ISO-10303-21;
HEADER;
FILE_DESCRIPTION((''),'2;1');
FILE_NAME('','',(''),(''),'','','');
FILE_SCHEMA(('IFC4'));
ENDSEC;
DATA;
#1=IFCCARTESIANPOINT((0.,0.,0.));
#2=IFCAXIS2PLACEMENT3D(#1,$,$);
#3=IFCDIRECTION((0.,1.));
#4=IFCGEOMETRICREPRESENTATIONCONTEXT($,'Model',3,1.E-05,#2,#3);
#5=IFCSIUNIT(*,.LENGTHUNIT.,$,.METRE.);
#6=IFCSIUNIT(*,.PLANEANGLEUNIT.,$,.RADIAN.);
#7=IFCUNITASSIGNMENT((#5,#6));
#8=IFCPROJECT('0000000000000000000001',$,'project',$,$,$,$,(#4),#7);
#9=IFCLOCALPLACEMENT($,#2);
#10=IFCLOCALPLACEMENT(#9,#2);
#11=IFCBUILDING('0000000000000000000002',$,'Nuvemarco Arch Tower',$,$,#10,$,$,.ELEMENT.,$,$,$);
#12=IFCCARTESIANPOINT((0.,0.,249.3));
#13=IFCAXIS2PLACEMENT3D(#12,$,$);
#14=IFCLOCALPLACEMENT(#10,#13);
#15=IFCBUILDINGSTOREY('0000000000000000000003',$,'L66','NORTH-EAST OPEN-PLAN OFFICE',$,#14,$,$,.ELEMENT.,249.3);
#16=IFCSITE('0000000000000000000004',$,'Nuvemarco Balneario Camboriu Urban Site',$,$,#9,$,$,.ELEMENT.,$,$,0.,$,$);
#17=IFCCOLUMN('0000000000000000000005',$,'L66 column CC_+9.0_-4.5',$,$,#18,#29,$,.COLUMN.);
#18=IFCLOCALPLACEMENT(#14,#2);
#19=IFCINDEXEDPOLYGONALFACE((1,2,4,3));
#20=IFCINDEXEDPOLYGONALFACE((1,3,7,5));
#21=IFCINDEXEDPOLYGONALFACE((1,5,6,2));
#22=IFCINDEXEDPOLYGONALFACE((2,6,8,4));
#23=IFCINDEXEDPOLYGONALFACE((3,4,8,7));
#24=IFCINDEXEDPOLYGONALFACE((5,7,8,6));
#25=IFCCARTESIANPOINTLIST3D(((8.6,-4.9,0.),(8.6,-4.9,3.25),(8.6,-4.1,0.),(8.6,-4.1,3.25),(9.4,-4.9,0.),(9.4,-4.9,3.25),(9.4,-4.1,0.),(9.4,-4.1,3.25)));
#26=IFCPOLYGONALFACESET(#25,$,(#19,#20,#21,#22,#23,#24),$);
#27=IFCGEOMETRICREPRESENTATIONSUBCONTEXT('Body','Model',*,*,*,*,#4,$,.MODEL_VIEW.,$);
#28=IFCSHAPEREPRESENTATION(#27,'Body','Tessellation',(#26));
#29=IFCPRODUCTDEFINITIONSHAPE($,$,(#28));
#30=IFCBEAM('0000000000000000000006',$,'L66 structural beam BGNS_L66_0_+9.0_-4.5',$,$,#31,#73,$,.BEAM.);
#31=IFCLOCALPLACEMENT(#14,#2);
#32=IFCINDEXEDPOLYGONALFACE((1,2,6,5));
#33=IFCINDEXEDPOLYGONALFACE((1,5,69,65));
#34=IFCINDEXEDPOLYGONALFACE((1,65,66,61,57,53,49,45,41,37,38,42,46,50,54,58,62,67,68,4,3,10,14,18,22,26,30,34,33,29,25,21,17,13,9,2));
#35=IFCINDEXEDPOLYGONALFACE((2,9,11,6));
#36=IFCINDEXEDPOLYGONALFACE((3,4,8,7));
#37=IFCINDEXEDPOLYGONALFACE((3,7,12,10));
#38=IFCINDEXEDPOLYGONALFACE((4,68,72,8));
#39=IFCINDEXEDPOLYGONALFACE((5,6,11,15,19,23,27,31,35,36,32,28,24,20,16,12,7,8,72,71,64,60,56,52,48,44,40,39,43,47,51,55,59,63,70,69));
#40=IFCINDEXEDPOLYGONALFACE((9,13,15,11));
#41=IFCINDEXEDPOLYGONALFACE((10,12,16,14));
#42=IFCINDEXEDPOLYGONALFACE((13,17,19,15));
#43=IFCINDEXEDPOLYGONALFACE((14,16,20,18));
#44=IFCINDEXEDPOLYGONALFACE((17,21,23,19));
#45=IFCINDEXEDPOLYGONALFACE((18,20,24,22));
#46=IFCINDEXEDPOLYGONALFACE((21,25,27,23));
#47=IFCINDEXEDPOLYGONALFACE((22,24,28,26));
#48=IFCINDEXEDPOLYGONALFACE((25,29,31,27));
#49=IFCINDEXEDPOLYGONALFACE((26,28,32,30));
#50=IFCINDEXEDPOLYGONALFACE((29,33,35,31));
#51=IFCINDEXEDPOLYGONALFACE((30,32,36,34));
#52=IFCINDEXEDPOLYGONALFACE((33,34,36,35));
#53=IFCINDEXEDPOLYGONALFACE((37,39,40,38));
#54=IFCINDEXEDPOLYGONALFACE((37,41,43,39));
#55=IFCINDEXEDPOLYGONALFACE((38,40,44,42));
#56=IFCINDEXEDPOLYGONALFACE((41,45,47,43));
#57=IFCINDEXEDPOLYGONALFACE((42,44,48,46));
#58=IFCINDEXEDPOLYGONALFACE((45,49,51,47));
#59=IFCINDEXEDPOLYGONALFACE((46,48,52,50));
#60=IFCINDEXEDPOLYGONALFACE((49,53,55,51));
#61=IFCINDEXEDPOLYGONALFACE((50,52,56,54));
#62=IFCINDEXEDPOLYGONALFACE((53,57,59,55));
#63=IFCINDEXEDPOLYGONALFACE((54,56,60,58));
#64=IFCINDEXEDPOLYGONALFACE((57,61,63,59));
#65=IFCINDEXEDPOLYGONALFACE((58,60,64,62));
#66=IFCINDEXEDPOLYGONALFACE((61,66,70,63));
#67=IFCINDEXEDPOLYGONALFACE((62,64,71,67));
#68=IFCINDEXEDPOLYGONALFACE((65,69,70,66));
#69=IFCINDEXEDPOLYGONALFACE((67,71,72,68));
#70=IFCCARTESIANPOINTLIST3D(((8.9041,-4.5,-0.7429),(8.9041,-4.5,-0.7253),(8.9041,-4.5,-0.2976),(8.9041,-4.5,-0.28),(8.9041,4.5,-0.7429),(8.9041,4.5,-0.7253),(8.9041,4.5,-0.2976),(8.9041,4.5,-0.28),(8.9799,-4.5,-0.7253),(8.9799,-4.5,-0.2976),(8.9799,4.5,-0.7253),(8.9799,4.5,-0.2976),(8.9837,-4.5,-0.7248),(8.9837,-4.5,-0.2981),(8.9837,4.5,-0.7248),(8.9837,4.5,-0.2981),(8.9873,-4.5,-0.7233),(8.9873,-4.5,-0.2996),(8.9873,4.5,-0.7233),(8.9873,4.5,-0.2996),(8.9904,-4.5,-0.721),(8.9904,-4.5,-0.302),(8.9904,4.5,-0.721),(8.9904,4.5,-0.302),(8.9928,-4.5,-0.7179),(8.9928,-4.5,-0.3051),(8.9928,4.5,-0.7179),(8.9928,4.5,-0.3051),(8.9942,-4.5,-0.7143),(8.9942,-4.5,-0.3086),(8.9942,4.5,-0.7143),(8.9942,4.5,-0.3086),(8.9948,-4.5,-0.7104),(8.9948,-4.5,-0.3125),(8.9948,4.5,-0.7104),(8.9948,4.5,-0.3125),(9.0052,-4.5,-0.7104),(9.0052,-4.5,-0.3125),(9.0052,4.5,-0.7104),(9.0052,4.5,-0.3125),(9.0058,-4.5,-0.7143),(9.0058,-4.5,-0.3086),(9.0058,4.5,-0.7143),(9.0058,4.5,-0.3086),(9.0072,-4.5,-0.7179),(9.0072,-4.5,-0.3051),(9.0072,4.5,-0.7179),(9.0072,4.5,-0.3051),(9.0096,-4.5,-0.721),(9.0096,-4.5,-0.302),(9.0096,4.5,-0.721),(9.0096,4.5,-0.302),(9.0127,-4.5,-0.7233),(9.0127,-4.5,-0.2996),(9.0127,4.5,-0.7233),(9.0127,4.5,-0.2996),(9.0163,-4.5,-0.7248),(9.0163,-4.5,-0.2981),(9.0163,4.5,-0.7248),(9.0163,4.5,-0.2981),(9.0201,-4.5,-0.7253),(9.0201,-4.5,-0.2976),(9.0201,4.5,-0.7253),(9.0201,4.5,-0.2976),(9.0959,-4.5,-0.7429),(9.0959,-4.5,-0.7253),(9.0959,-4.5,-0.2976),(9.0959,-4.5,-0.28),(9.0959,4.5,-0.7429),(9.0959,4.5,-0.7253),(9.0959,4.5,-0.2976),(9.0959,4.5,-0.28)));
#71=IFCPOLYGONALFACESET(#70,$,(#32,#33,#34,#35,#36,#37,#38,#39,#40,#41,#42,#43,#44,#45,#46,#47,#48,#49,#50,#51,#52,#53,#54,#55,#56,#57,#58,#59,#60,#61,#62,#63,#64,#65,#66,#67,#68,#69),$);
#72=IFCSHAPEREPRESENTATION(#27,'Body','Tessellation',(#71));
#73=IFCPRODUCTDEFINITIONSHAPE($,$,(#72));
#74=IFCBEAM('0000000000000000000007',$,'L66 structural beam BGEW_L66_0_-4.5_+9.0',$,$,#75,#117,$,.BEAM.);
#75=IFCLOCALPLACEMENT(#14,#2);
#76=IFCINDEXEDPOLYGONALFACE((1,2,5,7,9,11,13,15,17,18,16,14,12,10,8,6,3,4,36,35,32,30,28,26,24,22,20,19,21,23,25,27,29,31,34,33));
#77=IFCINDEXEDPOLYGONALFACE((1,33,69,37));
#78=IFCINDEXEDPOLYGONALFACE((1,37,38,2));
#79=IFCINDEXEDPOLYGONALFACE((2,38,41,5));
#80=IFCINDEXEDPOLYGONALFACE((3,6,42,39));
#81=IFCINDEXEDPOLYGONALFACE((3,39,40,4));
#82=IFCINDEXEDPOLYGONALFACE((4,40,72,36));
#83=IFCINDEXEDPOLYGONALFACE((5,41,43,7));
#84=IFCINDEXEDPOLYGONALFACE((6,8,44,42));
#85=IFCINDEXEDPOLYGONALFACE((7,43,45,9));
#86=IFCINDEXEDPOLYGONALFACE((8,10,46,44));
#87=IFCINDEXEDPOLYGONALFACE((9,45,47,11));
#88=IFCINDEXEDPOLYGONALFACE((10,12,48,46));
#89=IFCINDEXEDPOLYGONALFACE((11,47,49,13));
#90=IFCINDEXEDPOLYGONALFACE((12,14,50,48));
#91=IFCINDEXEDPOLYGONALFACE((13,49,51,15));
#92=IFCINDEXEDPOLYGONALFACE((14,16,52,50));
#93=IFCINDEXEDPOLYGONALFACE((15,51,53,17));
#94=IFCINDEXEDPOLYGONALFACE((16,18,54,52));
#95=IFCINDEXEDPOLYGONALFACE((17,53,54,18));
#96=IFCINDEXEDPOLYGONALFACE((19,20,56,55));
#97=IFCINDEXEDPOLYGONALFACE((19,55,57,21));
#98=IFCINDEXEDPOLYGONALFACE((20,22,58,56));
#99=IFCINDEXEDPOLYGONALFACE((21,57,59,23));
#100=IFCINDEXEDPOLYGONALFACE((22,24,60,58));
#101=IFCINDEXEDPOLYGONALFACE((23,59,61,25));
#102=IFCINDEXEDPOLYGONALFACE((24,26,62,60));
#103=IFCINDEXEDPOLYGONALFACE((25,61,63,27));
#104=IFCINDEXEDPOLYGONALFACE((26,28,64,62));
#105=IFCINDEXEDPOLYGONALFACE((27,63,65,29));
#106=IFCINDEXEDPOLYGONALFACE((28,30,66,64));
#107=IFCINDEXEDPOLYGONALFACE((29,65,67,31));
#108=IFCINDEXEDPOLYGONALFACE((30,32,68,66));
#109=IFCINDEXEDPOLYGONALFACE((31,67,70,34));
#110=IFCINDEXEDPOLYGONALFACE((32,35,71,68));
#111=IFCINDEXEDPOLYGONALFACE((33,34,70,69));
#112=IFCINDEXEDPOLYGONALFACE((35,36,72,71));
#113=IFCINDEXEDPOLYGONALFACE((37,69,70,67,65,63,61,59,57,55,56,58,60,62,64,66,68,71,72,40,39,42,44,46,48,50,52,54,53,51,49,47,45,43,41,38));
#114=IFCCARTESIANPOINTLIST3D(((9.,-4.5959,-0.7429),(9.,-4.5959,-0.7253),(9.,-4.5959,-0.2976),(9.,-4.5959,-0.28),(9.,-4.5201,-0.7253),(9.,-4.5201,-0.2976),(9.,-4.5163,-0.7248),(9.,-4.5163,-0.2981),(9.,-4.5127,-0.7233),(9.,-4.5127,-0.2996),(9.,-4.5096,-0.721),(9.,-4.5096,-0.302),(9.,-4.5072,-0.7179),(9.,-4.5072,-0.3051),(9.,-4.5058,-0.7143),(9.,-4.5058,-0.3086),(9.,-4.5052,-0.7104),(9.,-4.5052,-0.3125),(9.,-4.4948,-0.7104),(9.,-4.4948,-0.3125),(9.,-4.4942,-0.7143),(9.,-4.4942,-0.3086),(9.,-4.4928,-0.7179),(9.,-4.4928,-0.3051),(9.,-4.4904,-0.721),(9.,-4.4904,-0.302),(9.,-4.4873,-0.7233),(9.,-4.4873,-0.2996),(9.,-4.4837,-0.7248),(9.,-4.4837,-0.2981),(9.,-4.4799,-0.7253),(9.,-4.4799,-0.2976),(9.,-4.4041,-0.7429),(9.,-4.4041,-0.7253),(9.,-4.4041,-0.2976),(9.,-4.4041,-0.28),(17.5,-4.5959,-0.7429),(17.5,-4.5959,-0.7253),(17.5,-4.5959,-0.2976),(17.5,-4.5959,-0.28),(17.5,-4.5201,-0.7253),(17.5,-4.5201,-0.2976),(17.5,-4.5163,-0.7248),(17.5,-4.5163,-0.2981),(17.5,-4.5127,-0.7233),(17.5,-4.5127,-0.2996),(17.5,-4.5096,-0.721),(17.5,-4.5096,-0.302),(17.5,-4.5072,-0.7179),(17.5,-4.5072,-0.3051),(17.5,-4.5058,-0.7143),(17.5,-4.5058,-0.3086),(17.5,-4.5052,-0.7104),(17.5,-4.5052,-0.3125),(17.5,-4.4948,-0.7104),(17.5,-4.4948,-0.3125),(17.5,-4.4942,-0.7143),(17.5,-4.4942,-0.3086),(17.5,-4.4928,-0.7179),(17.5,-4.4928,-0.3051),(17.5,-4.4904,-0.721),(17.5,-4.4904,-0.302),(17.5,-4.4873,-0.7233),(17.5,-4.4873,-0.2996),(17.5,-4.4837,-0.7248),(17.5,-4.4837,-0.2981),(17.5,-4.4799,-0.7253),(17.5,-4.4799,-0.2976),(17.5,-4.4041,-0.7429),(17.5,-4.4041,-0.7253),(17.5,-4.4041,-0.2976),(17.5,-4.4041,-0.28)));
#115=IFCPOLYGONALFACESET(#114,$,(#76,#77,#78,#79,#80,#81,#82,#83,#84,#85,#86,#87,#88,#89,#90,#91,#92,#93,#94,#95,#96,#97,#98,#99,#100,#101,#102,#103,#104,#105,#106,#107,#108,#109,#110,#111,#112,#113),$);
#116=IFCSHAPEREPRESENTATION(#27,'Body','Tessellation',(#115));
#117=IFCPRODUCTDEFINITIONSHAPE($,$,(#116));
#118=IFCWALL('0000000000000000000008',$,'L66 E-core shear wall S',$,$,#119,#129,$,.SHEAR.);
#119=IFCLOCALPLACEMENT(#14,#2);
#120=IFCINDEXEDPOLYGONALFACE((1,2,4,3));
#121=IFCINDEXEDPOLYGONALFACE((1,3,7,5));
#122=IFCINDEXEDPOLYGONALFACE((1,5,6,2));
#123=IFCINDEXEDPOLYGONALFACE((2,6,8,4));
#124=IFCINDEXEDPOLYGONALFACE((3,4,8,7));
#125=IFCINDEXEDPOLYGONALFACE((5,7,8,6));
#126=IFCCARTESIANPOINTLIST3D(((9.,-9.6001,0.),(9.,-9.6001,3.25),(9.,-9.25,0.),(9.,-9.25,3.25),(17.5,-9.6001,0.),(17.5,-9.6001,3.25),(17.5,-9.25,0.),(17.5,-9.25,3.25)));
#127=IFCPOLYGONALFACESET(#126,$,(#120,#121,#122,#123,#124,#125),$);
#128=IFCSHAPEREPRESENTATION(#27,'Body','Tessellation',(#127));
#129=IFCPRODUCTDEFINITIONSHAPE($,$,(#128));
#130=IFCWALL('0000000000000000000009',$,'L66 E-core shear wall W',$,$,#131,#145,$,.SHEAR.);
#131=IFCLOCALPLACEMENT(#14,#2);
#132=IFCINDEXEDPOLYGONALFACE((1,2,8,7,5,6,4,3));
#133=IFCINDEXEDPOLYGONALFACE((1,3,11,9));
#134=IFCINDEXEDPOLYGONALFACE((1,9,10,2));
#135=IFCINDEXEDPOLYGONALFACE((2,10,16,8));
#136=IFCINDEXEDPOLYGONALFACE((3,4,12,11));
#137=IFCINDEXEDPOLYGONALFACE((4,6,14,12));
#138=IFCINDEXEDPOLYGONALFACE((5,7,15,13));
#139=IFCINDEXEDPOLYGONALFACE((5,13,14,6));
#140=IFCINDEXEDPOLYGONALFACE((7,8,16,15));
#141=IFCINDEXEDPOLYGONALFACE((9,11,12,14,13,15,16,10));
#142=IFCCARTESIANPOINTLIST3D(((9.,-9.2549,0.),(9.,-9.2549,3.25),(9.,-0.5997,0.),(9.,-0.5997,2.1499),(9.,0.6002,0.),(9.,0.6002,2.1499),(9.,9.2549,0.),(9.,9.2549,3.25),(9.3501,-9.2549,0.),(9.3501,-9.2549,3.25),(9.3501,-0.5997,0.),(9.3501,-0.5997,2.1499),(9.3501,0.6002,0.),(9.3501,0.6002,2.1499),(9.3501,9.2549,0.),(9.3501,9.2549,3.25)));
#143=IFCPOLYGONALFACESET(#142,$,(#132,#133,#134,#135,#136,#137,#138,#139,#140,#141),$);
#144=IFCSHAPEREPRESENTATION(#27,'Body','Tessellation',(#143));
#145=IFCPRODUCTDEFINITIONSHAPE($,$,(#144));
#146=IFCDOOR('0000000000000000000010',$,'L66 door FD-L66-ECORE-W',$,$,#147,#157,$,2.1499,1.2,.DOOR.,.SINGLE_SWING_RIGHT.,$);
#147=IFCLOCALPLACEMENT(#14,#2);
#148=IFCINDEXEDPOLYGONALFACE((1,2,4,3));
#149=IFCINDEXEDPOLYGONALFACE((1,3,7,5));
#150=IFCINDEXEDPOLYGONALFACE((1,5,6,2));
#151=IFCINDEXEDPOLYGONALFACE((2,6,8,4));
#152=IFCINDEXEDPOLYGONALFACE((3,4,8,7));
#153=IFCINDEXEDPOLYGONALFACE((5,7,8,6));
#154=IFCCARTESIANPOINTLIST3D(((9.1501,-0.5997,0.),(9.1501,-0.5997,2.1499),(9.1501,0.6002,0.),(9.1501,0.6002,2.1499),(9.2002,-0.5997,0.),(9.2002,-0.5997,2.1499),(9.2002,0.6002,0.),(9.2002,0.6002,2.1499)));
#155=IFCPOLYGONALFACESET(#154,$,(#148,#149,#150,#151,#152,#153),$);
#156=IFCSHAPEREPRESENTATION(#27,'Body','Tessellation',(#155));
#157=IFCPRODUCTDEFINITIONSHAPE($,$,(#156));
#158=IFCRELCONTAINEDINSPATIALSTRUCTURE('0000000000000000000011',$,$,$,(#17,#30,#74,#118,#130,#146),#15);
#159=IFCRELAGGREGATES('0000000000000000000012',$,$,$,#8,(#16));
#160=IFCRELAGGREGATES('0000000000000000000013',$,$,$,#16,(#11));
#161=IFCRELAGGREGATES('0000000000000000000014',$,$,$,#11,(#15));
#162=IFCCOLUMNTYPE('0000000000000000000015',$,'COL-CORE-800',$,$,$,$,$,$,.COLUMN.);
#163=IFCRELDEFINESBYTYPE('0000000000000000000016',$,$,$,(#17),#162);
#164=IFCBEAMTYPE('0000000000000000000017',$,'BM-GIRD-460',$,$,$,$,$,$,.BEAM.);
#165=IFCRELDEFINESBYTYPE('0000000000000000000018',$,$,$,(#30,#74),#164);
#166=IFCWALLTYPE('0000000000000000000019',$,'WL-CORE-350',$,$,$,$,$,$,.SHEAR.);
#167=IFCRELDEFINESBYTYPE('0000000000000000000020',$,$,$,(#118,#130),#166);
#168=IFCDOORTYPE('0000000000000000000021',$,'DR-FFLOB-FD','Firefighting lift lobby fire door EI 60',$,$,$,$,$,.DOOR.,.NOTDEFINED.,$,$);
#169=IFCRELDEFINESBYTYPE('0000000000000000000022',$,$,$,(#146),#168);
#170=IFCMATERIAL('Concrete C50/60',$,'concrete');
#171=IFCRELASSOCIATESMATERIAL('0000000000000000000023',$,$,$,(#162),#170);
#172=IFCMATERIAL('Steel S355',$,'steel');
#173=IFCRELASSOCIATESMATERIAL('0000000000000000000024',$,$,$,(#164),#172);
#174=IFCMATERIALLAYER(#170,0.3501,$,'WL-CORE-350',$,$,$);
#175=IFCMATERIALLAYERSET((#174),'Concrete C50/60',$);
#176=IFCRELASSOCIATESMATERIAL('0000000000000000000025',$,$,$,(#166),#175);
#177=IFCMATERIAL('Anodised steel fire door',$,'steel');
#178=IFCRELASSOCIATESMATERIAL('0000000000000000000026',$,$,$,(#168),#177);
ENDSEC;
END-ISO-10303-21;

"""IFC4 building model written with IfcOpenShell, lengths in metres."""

from ifc_helpers import new_model, si_unit, direction, frame, frame_2d, origin, origin_2d, place, context, subcontext, project, spatial, rectangle, i_section, extrude, source, transform, mapped, material, layer, layer_set, material_profile, profile_set, type_object, type_shapes, element, fill, save


model = new_model("IFC4")

# Units and contexts
model_context = context("Model", 3, precision=1e-05, world=origin(), true_north=direction((0.0, 1.0)))
body_context = subcontext(model_context, "Body", "Model", "MODEL_VIEW")
ifc_project = project(units=[si_unit("LENGTHUNIT", "METRE"), si_unit("PLANEANGLEUNIT", "RADIAN")], contexts=[model_context])

# Site, building, storey
site_placement = place(None, origin())
site = spatial("IfcSite", under=ifc_project, at=site_placement, Name="Nuvemarco Balneario Camboriu Urban Site", CompositionType="ELEMENT", RefElevation=0.0)
building_placement = place(site_placement, origin())
building = spatial("IfcBuilding", under=site, at=building_placement, Name="Nuvemarco Arch Tower", CompositionType="ELEMENT")
storey_placement = place(building_placement, frame((0.0, 0.0, 249.3)))
storey = spatial("IfcBuildingStorey", under=building, at=storey_placement, Name="L66", Description="NORTH-EAST OPEN-PLAN OFFICE", CompositionType="ELEMENT", Elevation=249.3)

# Column
ifc_material_1 = material(Name="Concrete C50/60", Category="concrete")
ifc_material_profile_1 = material_profile(ifc_material_1, rectangle(XDim=0.8, YDim=0.8, at=origin_2d()), Name="RC-COL-800x800")
ifc_profile_set_1 = profile_set([ifc_material_profile_1], Name="Concrete C50/60")
column_type = type_object("IfcColumnType", Name="COL-CORE-800", PredefinedType="COLUMN", material=ifc_profile_set_1)
column_placement = place(storey_placement, frame((9.0, -4.5, 0.0), z_axis=(0.0, 0.0, 1.0), x_axis=(1.0, 0.0, 0.0)))
element("IfcColumn", 1, at=column_placement, inside=storey, type_object=column_type, Name="L66 column CC_+9.0_-4.5", PredefinedType="COLUMN", context=body_context, shape_type="SweptSolid", body=[
    extrude(rectangle(XDim=0.8, YDim=0.8, at=origin_2d()), origin(), (0.0, 0.0, 1.0), 3.25),
])

# Beams
ifc_material_2 = material(Name="Steel S355", Category="steel")
ifc_material_profile_2 = material_profile(ifc_material_2, i_section(OverallWidth=0.1919, OverallDepth=0.4629, WebThickness=0.0105, FlangeThickness=0.0176, FilletRadius=0.0149, at=origin_2d()), Name="W460x89")
ifc_profile_set_2 = profile_set([ifc_material_profile_2], Name="Steel S355")
beam_type = type_object("IfcBeamType", Name="BM-GIRD-460", PredefinedType="BEAM", material=ifc_profile_set_2)
beam_1_placement = place(storey_placement, frame((9.0, -4.5, -0.5115), z_axis=(0.0, 1.0, 0.0), x_axis=(-1.0, 0.0, 0.0)))
element("IfcBeam", 2, at=beam_1_placement, inside=storey, type_object=beam_type, Name="L66 structural beam BGNS_L66_0_+9.0_-4.5", PredefinedType="BEAM", context=body_context, shape_type="SweptSolid", body=[
    extrude(i_section(OverallWidth=0.1919, OverallDepth=0.4629, WebThickness=0.0105, FlangeThickness=0.0176, FilletRadius=0.0149, at=origin_2d()), origin(), (0.0, 0.0, 1.0), 9.0),
])
beam_2_placement = place(storey_placement, frame((9.0, -4.5, -0.5115), z_axis=(1.0, 0.0, 0.0), x_axis=(0.0, 1.0, 0.0)))
element("IfcBeam", 3, at=beam_2_placement, inside=storey, type_object=beam_type, Name="L66 structural beam BGEW_L66_0_-4.5_+9.0", PredefinedType="BEAM", context=body_context, shape_type="SweptSolid", body=[
    extrude(i_section(OverallWidth=0.1919, OverallDepth=0.4629, WebThickness=0.0105, FlangeThickness=0.0176, FilletRadius=0.0149, at=origin_2d()), origin(), (0.0, 0.0, 1.0), 8.5),
])

# Wall
ifc_layer_1 = layer(ifc_material_1, 0.3501, Name="WL-CORE-350")
ifc_layer_set_1 = layer_set([ifc_layer_1], Name="Concrete C50/60")
wall_type_1 = type_object("IfcWallType", Name="WL-CORE-350", PredefinedType="SHEAR", material=ifc_layer_set_1)
wall_1_placement = place(storey_placement, frame((9.0, -9.425, 0.0), z_axis=(0.0, 0.0, 1.0), x_axis=(1.0, 0.0, 0.0)))
element("IfcWall", 4, at=wall_1_placement, inside=storey, type_object=wall_type_1, Name="L66 E-core shear wall S", PredefinedType="SHEAR", context=body_context, shape_type="SweptSolid", body=[
    extrude(rectangle(XDim=8.5, YDim=0.3501, at=frame_2d((4.25, 0.0))), origin(), (0.0, 0.0, 1.0), 3.25),
])

# Wall, opening, door
wall_2_placement = place(storey_placement, frame((9.175, -9.2549, 0.0), z_axis=(0.0, 0.0, 1.0), x_axis=(0.0, 1.0, 0.0)))
wall_2 = element("IfcWall", 5, at=wall_2_placement, inside=storey, type_object=wall_type_1, Name="L66 E-core shear wall W", PredefinedType="SHEAR", context=body_context, shape_type="SweptSolid", body=[
    extrude(rectangle(XDim=18.5098, YDim=0.3501, at=frame_2d((9.2549, 0.0))), origin(), (0.0, 0.0, 1.0), 3.25),
])
opening_1_placement = place(wall_2_placement, frame((8.655, 0.0, 0.0)))
opening_1 = element("IfcOpeningElement", 6, at=opening_1_placement, cuts=wall_2, PredefinedType="OPENING", context=body_context, shape_type="SweptSolid", body=[
    extrude(rectangle(XDim=1.2, YDim=2.1499, at=frame_2d((0.6001, 1.075))), frame((0.0, 0.1851, 0.0), z_axis=(0.0, -1.0, 0.0), x_axis=(1.0, 0.0, 0.0)), (0.0, 0.0, 1.0), 0.3701),
])
ifc_material_3 = material(Name="Anodised steel fire door", Category="steel")
door_type_1 = type_object("IfcDoorType", Name="DR-FFLOB-FD", Description="Firefighting lift lobby fire door EI 60", OperationType="NOTDEFINED", PredefinedType="DOOR", material=ifc_material_3)
shared_shape_1 = source(origin(), body_context, "Body", "SweptSolid", [
    extrude(rectangle(XDim=1.2, YDim=2.1499, at=frame_2d((0.6001, 1.075))), frame((0.0, 0.0249, 0.0), z_axis=(0.0, -1.0, 0.0), x_axis=(1.0, 0.0, 0.0)), (0.0, 0.0, 1.0), 0.05),
])
type_shapes(door_type_1, [shared_shape_1])
door_1_placement = place(opening_1_placement, origin())
door_1 = element("IfcDoor", 7, at=door_1_placement, inside=storey, type_object=door_type_1, Name="L66 door FD-L66-ECORE-W", OperationType="SINGLE_SWING_RIGHT", OverallHeight=2.1499, OverallWidth=1.2, PredefinedType="DOOR", context=body_context, shape_type="MappedRepresentation", body=[
    mapped(shared_shape_1, transform((0.0, 0.0, 0.0), scale=1.0)),
])
fill(opening_1, door_1)

save(model, "model.ifc")
